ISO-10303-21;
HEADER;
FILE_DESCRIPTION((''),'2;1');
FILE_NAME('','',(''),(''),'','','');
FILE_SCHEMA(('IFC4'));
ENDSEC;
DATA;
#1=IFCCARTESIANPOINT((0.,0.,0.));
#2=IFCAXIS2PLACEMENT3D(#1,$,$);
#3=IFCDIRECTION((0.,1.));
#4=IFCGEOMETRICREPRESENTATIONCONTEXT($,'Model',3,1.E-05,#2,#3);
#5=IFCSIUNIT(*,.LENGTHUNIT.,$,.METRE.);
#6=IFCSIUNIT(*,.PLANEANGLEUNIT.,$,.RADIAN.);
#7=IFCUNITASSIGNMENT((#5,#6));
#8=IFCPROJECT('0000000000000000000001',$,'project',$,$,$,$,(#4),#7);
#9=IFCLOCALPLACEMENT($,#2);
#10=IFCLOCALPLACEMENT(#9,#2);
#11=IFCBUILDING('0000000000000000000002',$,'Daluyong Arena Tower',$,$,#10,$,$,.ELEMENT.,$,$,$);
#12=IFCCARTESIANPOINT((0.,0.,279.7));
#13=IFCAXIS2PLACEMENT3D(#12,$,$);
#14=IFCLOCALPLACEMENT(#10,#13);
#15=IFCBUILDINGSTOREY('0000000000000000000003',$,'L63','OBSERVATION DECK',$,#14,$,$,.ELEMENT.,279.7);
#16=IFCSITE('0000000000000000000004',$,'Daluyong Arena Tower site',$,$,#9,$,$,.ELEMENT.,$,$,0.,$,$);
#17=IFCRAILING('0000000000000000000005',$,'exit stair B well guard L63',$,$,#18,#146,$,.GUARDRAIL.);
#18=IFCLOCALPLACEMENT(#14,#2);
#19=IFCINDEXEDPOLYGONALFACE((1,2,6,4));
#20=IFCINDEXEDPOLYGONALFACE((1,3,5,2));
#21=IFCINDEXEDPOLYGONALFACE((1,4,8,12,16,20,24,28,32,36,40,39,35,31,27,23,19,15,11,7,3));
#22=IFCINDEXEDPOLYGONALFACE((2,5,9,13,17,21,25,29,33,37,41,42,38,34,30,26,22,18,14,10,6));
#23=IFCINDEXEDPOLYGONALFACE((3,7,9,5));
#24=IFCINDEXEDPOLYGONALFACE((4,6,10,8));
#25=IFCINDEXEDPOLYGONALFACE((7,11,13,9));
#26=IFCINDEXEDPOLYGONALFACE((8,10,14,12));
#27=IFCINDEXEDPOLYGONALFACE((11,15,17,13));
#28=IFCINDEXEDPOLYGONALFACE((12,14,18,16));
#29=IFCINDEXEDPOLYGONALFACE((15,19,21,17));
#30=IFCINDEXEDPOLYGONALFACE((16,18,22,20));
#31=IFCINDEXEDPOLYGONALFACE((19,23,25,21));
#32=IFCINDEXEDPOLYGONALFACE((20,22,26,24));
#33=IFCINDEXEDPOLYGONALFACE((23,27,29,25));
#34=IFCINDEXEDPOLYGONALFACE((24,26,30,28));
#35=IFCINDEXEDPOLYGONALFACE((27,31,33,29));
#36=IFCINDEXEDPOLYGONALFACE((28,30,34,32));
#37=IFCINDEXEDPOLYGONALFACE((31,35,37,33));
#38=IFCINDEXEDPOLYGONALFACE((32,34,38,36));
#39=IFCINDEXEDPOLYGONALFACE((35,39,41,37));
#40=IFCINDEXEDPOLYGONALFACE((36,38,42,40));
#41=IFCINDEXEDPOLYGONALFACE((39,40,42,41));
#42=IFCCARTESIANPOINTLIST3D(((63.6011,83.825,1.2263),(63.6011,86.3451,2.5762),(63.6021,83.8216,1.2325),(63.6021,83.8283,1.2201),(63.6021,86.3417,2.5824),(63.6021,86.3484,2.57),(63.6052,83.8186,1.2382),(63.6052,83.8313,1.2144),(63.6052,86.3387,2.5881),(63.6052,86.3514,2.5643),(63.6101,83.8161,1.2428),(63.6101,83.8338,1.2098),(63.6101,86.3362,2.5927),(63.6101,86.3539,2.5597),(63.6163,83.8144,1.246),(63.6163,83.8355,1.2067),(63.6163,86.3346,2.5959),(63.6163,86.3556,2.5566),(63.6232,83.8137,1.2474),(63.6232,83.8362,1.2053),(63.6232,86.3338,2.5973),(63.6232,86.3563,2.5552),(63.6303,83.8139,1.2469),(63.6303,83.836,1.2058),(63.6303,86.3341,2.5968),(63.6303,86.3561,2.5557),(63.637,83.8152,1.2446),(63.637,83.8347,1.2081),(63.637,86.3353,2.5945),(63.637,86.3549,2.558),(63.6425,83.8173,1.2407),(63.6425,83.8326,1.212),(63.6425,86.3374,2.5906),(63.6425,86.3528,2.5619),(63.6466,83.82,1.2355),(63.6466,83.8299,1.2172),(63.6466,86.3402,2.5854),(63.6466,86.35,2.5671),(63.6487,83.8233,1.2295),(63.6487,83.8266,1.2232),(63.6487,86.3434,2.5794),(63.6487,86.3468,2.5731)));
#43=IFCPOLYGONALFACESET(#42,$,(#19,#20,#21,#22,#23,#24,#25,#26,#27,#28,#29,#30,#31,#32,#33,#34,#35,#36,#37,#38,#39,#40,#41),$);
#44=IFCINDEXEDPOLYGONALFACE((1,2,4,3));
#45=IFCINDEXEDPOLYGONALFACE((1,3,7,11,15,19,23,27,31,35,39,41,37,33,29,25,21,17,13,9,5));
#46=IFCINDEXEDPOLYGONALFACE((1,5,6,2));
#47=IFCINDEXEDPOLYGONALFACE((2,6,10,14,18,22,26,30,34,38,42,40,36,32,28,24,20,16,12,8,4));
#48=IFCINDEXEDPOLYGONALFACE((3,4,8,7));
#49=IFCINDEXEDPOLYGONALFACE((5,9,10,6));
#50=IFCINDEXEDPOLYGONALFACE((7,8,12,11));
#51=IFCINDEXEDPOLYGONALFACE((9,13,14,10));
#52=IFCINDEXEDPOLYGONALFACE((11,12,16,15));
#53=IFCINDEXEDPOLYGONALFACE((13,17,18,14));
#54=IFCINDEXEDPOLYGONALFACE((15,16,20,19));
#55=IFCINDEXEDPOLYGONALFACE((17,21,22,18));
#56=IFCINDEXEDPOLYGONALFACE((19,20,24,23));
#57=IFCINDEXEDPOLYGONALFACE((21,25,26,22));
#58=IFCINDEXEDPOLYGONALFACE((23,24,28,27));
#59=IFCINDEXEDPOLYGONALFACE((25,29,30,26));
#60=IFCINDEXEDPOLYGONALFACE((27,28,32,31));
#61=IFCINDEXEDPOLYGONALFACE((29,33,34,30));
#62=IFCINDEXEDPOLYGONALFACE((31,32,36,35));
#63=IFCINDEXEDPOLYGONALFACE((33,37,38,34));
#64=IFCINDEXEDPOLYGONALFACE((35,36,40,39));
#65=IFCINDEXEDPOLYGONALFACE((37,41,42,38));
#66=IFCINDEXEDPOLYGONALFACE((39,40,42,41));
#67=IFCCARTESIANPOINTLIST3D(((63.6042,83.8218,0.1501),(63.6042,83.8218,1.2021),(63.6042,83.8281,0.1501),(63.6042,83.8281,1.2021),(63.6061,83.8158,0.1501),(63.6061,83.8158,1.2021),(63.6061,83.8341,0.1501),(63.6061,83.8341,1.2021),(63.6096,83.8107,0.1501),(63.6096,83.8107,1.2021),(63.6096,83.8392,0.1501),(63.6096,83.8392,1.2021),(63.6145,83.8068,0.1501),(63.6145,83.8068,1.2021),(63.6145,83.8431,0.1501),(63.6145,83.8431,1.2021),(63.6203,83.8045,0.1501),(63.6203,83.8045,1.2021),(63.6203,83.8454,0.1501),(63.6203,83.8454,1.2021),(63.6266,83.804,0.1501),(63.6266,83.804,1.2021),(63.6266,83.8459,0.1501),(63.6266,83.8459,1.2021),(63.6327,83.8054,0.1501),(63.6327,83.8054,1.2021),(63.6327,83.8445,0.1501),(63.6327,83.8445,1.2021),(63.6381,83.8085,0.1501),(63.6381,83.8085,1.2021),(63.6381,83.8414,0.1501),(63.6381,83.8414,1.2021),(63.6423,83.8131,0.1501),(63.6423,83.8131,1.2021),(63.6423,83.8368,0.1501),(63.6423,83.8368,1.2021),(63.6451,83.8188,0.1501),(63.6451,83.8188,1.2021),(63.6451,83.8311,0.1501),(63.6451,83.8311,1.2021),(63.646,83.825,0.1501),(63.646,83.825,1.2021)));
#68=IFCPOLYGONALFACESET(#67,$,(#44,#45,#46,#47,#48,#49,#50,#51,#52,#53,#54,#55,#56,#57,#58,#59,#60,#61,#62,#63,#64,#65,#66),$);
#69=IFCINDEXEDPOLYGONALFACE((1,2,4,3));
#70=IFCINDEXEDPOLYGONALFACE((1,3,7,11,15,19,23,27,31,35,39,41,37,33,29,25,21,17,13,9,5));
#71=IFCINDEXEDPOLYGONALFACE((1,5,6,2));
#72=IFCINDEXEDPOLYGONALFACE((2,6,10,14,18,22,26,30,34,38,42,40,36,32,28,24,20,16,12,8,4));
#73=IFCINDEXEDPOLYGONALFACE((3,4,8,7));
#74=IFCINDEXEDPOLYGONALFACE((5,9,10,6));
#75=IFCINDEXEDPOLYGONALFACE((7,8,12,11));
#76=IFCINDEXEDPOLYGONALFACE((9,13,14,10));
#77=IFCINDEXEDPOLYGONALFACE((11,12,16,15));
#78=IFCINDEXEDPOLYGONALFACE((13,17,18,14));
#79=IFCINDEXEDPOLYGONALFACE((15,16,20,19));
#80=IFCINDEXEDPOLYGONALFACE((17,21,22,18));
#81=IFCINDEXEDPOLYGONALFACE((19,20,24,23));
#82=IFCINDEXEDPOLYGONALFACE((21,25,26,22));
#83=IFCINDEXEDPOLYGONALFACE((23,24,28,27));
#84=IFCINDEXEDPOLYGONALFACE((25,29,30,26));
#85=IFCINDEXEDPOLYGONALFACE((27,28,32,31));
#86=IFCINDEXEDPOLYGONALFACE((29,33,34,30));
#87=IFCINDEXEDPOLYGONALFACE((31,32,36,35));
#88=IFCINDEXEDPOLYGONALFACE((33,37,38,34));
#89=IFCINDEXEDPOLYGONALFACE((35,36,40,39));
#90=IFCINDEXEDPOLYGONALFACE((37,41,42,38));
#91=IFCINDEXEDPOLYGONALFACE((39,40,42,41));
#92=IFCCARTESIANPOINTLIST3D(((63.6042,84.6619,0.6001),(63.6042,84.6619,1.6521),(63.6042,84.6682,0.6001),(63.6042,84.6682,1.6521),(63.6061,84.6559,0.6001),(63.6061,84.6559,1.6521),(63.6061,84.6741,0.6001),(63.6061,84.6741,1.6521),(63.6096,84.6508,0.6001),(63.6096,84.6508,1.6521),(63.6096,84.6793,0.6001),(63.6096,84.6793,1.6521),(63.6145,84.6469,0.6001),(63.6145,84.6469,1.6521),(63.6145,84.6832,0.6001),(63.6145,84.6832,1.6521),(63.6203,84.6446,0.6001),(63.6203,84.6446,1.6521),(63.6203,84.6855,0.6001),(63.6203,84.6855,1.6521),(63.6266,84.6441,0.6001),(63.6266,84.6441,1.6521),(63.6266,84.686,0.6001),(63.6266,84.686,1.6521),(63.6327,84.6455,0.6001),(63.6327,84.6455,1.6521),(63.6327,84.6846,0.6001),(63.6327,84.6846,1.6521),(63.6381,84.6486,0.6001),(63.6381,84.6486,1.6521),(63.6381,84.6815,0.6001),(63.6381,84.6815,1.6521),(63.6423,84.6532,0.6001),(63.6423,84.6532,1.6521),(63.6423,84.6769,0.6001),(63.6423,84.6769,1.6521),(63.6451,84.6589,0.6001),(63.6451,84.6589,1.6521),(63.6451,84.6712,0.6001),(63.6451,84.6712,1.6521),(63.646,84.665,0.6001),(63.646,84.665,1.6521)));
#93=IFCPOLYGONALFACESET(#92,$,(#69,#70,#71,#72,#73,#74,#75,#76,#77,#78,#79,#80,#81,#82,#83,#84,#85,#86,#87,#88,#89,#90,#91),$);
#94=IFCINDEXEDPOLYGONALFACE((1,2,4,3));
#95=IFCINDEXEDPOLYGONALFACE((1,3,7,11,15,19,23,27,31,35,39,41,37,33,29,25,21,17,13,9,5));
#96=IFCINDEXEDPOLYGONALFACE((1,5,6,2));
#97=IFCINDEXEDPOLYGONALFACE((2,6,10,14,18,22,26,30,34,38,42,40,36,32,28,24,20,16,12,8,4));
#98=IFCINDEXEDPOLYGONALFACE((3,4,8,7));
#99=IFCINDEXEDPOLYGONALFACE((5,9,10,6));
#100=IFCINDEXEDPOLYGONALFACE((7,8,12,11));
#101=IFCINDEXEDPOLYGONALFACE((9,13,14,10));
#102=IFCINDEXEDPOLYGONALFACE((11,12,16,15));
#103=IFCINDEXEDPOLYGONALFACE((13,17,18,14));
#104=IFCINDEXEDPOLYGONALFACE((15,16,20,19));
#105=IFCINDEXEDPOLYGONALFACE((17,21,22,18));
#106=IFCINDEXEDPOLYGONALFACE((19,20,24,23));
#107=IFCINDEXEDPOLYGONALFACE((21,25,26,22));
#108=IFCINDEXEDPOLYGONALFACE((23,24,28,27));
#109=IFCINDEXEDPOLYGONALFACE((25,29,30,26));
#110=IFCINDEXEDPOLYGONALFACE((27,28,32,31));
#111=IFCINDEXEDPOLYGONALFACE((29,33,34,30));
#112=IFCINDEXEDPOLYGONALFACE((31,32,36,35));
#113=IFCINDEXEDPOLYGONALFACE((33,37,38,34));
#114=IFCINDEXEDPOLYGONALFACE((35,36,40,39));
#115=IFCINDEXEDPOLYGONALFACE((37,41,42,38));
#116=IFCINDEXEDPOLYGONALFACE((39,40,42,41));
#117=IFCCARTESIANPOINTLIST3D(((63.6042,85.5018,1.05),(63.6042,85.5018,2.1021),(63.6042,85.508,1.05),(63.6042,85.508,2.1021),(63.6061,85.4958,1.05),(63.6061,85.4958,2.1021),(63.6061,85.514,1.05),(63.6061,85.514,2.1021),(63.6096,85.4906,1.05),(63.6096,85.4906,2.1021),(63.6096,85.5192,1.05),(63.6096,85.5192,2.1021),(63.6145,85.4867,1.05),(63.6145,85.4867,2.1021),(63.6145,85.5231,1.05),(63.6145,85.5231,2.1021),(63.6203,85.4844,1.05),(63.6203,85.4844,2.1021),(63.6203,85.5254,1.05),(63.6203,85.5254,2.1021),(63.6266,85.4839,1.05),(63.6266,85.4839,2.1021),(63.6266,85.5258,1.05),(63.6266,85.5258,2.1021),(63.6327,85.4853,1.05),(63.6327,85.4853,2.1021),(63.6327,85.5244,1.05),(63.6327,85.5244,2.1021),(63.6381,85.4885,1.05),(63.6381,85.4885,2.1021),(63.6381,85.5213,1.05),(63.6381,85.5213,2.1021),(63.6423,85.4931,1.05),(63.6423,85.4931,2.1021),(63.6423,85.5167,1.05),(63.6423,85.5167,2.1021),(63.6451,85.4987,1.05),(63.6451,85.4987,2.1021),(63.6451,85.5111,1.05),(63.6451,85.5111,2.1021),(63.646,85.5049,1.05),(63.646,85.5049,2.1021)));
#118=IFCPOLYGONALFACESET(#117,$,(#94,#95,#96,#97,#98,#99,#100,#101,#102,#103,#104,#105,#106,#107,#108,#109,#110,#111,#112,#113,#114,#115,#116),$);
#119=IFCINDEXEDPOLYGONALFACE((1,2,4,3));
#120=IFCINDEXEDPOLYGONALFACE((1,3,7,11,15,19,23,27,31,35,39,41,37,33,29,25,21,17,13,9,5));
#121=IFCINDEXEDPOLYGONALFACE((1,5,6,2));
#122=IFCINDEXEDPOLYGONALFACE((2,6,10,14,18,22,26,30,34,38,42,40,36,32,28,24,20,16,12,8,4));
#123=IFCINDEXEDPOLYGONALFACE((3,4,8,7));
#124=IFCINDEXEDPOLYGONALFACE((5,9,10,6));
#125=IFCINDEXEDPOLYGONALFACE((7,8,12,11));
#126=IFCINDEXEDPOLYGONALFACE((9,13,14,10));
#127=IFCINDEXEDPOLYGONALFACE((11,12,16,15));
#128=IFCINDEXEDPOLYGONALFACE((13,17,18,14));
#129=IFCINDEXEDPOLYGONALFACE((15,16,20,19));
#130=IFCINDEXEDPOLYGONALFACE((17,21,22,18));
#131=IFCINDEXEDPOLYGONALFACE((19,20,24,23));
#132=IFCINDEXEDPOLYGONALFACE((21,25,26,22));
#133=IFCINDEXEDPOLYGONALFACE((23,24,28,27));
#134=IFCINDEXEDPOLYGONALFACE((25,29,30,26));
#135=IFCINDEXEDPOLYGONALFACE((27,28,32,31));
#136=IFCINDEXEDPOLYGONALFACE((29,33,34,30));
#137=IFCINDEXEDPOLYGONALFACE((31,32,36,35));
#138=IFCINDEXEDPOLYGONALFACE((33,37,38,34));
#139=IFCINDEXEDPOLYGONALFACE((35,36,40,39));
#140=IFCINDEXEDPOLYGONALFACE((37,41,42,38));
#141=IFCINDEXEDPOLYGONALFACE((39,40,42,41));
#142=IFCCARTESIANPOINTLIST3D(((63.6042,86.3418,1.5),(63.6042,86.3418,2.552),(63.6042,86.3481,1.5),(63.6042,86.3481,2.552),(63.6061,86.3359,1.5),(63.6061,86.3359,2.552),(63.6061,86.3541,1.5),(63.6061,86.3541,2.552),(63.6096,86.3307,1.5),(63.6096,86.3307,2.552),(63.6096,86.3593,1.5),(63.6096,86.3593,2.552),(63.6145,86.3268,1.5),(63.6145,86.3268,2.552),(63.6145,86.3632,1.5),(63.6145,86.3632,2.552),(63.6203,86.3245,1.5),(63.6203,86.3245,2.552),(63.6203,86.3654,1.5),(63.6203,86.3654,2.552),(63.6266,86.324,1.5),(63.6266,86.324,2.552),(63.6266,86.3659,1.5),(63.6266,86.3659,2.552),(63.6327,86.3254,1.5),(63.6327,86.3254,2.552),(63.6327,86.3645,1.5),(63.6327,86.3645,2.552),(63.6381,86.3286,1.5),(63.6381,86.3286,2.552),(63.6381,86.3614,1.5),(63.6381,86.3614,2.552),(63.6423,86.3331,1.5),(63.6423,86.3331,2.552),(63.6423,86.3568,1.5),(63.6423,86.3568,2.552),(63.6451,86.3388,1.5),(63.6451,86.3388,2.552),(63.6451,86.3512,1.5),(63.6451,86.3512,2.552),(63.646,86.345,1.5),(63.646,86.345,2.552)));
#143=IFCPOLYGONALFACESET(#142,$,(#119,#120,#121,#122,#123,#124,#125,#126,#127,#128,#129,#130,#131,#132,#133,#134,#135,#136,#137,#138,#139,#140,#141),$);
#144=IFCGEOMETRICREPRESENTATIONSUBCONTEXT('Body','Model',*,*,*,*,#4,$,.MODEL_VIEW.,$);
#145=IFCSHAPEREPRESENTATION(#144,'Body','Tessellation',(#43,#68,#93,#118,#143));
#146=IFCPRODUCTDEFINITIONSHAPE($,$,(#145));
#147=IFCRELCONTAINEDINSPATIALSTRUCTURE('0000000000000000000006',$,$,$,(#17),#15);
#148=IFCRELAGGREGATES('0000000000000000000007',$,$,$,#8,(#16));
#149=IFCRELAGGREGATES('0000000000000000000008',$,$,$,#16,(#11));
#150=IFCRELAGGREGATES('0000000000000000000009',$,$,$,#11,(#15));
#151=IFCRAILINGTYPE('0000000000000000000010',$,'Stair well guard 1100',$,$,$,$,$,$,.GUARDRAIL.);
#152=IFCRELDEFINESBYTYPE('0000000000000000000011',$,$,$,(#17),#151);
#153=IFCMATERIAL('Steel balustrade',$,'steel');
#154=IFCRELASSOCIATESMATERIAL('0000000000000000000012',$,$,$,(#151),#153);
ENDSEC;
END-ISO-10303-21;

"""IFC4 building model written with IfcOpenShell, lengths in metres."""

from ifc_helpers import new_model, si_unit, direction, frame, origin, origin_2d, place, context, subcontext, project, spatial, circle, extrude, material, type_object, element, save


model = new_model("IFC4")

# Units and contexts
model_context = context("Model", 3, precision=1e-05, world=origin(), true_north=direction((0.0, 1.0)))
body_context = subcontext(model_context, "Body", "Model", "MODEL_VIEW")
ifc_project = project(units=[si_unit("LENGTHUNIT", "METRE"), si_unit("PLANEANGLEUNIT", "RADIAN")], contexts=[model_context])

# Site, building, storey
site_placement = place(None, origin())
site = spatial("IfcSite", under=ifc_project, at=site_placement, Name="Daluyong Arena Tower site", CompositionType="ELEMENT", RefElevation=0.0)
building_placement = place(site_placement, origin())
building = spatial("IfcBuilding", under=site, at=building_placement, Name="Daluyong Arena Tower", CompositionType="ELEMENT")
storey_placement = place(building_placement, frame((0.0, 0.0, 279.7)))
storey = spatial("IfcBuildingStorey", under=building, at=storey_placement, Name="L63", Description="OBSERVATION DECK", CompositionType="ELEMENT", Elevation=279.7)

# Railing
ifc_material_1 = material(Name="Steel balustrade", Category="steel")
railing_type_1 = type_object("IfcRailingType", Name="Stair well guard 1100", PredefinedType="GUARDRAIL", material=ifc_material_1)
railing_1_placement = place(storey_placement, frame((63.625, 83.825, 0.1501)))
element("IfcRailing", 1, at=railing_1_placement, inside=storey, type_object=railing_type_1, Name="exit stair B well guard L63", PredefinedType="GUARDRAIL", context=body_context, shape_type="SweptSolid", body=[
    extrude(circle(Radius=0.0239, at=origin_2d()), frame((0.0, 0.0, 1.0762), z_axis=(0.0, 0.881503, 0.472179), x_axis=(-1.0, 0.0, 0.0)), (0.0, 0.0, 1.0), 2.8589),
    extrude(circle(Radius=0.021, at=origin_2d()), origin(), (0.0, 0.0, 1.0), 1.052),
    extrude(circle(Radius=0.021, at=origin_2d()), frame((0.0, 0.8401, 0.45)), (0.0, 0.0, 1.0), 1.052),
    extrude(circle(Radius=0.021, at=origin_2d()), frame((0.0, 1.6799, 0.8999)), (0.0, 0.0, 1.0), 1.052),
    extrude(circle(Radius=0.021, at=origin_2d()), frame((0.0, 2.52, 1.3499)), (0.0, 0.0, 1.0), 1.052),
])

save(model, "model.ifc")
